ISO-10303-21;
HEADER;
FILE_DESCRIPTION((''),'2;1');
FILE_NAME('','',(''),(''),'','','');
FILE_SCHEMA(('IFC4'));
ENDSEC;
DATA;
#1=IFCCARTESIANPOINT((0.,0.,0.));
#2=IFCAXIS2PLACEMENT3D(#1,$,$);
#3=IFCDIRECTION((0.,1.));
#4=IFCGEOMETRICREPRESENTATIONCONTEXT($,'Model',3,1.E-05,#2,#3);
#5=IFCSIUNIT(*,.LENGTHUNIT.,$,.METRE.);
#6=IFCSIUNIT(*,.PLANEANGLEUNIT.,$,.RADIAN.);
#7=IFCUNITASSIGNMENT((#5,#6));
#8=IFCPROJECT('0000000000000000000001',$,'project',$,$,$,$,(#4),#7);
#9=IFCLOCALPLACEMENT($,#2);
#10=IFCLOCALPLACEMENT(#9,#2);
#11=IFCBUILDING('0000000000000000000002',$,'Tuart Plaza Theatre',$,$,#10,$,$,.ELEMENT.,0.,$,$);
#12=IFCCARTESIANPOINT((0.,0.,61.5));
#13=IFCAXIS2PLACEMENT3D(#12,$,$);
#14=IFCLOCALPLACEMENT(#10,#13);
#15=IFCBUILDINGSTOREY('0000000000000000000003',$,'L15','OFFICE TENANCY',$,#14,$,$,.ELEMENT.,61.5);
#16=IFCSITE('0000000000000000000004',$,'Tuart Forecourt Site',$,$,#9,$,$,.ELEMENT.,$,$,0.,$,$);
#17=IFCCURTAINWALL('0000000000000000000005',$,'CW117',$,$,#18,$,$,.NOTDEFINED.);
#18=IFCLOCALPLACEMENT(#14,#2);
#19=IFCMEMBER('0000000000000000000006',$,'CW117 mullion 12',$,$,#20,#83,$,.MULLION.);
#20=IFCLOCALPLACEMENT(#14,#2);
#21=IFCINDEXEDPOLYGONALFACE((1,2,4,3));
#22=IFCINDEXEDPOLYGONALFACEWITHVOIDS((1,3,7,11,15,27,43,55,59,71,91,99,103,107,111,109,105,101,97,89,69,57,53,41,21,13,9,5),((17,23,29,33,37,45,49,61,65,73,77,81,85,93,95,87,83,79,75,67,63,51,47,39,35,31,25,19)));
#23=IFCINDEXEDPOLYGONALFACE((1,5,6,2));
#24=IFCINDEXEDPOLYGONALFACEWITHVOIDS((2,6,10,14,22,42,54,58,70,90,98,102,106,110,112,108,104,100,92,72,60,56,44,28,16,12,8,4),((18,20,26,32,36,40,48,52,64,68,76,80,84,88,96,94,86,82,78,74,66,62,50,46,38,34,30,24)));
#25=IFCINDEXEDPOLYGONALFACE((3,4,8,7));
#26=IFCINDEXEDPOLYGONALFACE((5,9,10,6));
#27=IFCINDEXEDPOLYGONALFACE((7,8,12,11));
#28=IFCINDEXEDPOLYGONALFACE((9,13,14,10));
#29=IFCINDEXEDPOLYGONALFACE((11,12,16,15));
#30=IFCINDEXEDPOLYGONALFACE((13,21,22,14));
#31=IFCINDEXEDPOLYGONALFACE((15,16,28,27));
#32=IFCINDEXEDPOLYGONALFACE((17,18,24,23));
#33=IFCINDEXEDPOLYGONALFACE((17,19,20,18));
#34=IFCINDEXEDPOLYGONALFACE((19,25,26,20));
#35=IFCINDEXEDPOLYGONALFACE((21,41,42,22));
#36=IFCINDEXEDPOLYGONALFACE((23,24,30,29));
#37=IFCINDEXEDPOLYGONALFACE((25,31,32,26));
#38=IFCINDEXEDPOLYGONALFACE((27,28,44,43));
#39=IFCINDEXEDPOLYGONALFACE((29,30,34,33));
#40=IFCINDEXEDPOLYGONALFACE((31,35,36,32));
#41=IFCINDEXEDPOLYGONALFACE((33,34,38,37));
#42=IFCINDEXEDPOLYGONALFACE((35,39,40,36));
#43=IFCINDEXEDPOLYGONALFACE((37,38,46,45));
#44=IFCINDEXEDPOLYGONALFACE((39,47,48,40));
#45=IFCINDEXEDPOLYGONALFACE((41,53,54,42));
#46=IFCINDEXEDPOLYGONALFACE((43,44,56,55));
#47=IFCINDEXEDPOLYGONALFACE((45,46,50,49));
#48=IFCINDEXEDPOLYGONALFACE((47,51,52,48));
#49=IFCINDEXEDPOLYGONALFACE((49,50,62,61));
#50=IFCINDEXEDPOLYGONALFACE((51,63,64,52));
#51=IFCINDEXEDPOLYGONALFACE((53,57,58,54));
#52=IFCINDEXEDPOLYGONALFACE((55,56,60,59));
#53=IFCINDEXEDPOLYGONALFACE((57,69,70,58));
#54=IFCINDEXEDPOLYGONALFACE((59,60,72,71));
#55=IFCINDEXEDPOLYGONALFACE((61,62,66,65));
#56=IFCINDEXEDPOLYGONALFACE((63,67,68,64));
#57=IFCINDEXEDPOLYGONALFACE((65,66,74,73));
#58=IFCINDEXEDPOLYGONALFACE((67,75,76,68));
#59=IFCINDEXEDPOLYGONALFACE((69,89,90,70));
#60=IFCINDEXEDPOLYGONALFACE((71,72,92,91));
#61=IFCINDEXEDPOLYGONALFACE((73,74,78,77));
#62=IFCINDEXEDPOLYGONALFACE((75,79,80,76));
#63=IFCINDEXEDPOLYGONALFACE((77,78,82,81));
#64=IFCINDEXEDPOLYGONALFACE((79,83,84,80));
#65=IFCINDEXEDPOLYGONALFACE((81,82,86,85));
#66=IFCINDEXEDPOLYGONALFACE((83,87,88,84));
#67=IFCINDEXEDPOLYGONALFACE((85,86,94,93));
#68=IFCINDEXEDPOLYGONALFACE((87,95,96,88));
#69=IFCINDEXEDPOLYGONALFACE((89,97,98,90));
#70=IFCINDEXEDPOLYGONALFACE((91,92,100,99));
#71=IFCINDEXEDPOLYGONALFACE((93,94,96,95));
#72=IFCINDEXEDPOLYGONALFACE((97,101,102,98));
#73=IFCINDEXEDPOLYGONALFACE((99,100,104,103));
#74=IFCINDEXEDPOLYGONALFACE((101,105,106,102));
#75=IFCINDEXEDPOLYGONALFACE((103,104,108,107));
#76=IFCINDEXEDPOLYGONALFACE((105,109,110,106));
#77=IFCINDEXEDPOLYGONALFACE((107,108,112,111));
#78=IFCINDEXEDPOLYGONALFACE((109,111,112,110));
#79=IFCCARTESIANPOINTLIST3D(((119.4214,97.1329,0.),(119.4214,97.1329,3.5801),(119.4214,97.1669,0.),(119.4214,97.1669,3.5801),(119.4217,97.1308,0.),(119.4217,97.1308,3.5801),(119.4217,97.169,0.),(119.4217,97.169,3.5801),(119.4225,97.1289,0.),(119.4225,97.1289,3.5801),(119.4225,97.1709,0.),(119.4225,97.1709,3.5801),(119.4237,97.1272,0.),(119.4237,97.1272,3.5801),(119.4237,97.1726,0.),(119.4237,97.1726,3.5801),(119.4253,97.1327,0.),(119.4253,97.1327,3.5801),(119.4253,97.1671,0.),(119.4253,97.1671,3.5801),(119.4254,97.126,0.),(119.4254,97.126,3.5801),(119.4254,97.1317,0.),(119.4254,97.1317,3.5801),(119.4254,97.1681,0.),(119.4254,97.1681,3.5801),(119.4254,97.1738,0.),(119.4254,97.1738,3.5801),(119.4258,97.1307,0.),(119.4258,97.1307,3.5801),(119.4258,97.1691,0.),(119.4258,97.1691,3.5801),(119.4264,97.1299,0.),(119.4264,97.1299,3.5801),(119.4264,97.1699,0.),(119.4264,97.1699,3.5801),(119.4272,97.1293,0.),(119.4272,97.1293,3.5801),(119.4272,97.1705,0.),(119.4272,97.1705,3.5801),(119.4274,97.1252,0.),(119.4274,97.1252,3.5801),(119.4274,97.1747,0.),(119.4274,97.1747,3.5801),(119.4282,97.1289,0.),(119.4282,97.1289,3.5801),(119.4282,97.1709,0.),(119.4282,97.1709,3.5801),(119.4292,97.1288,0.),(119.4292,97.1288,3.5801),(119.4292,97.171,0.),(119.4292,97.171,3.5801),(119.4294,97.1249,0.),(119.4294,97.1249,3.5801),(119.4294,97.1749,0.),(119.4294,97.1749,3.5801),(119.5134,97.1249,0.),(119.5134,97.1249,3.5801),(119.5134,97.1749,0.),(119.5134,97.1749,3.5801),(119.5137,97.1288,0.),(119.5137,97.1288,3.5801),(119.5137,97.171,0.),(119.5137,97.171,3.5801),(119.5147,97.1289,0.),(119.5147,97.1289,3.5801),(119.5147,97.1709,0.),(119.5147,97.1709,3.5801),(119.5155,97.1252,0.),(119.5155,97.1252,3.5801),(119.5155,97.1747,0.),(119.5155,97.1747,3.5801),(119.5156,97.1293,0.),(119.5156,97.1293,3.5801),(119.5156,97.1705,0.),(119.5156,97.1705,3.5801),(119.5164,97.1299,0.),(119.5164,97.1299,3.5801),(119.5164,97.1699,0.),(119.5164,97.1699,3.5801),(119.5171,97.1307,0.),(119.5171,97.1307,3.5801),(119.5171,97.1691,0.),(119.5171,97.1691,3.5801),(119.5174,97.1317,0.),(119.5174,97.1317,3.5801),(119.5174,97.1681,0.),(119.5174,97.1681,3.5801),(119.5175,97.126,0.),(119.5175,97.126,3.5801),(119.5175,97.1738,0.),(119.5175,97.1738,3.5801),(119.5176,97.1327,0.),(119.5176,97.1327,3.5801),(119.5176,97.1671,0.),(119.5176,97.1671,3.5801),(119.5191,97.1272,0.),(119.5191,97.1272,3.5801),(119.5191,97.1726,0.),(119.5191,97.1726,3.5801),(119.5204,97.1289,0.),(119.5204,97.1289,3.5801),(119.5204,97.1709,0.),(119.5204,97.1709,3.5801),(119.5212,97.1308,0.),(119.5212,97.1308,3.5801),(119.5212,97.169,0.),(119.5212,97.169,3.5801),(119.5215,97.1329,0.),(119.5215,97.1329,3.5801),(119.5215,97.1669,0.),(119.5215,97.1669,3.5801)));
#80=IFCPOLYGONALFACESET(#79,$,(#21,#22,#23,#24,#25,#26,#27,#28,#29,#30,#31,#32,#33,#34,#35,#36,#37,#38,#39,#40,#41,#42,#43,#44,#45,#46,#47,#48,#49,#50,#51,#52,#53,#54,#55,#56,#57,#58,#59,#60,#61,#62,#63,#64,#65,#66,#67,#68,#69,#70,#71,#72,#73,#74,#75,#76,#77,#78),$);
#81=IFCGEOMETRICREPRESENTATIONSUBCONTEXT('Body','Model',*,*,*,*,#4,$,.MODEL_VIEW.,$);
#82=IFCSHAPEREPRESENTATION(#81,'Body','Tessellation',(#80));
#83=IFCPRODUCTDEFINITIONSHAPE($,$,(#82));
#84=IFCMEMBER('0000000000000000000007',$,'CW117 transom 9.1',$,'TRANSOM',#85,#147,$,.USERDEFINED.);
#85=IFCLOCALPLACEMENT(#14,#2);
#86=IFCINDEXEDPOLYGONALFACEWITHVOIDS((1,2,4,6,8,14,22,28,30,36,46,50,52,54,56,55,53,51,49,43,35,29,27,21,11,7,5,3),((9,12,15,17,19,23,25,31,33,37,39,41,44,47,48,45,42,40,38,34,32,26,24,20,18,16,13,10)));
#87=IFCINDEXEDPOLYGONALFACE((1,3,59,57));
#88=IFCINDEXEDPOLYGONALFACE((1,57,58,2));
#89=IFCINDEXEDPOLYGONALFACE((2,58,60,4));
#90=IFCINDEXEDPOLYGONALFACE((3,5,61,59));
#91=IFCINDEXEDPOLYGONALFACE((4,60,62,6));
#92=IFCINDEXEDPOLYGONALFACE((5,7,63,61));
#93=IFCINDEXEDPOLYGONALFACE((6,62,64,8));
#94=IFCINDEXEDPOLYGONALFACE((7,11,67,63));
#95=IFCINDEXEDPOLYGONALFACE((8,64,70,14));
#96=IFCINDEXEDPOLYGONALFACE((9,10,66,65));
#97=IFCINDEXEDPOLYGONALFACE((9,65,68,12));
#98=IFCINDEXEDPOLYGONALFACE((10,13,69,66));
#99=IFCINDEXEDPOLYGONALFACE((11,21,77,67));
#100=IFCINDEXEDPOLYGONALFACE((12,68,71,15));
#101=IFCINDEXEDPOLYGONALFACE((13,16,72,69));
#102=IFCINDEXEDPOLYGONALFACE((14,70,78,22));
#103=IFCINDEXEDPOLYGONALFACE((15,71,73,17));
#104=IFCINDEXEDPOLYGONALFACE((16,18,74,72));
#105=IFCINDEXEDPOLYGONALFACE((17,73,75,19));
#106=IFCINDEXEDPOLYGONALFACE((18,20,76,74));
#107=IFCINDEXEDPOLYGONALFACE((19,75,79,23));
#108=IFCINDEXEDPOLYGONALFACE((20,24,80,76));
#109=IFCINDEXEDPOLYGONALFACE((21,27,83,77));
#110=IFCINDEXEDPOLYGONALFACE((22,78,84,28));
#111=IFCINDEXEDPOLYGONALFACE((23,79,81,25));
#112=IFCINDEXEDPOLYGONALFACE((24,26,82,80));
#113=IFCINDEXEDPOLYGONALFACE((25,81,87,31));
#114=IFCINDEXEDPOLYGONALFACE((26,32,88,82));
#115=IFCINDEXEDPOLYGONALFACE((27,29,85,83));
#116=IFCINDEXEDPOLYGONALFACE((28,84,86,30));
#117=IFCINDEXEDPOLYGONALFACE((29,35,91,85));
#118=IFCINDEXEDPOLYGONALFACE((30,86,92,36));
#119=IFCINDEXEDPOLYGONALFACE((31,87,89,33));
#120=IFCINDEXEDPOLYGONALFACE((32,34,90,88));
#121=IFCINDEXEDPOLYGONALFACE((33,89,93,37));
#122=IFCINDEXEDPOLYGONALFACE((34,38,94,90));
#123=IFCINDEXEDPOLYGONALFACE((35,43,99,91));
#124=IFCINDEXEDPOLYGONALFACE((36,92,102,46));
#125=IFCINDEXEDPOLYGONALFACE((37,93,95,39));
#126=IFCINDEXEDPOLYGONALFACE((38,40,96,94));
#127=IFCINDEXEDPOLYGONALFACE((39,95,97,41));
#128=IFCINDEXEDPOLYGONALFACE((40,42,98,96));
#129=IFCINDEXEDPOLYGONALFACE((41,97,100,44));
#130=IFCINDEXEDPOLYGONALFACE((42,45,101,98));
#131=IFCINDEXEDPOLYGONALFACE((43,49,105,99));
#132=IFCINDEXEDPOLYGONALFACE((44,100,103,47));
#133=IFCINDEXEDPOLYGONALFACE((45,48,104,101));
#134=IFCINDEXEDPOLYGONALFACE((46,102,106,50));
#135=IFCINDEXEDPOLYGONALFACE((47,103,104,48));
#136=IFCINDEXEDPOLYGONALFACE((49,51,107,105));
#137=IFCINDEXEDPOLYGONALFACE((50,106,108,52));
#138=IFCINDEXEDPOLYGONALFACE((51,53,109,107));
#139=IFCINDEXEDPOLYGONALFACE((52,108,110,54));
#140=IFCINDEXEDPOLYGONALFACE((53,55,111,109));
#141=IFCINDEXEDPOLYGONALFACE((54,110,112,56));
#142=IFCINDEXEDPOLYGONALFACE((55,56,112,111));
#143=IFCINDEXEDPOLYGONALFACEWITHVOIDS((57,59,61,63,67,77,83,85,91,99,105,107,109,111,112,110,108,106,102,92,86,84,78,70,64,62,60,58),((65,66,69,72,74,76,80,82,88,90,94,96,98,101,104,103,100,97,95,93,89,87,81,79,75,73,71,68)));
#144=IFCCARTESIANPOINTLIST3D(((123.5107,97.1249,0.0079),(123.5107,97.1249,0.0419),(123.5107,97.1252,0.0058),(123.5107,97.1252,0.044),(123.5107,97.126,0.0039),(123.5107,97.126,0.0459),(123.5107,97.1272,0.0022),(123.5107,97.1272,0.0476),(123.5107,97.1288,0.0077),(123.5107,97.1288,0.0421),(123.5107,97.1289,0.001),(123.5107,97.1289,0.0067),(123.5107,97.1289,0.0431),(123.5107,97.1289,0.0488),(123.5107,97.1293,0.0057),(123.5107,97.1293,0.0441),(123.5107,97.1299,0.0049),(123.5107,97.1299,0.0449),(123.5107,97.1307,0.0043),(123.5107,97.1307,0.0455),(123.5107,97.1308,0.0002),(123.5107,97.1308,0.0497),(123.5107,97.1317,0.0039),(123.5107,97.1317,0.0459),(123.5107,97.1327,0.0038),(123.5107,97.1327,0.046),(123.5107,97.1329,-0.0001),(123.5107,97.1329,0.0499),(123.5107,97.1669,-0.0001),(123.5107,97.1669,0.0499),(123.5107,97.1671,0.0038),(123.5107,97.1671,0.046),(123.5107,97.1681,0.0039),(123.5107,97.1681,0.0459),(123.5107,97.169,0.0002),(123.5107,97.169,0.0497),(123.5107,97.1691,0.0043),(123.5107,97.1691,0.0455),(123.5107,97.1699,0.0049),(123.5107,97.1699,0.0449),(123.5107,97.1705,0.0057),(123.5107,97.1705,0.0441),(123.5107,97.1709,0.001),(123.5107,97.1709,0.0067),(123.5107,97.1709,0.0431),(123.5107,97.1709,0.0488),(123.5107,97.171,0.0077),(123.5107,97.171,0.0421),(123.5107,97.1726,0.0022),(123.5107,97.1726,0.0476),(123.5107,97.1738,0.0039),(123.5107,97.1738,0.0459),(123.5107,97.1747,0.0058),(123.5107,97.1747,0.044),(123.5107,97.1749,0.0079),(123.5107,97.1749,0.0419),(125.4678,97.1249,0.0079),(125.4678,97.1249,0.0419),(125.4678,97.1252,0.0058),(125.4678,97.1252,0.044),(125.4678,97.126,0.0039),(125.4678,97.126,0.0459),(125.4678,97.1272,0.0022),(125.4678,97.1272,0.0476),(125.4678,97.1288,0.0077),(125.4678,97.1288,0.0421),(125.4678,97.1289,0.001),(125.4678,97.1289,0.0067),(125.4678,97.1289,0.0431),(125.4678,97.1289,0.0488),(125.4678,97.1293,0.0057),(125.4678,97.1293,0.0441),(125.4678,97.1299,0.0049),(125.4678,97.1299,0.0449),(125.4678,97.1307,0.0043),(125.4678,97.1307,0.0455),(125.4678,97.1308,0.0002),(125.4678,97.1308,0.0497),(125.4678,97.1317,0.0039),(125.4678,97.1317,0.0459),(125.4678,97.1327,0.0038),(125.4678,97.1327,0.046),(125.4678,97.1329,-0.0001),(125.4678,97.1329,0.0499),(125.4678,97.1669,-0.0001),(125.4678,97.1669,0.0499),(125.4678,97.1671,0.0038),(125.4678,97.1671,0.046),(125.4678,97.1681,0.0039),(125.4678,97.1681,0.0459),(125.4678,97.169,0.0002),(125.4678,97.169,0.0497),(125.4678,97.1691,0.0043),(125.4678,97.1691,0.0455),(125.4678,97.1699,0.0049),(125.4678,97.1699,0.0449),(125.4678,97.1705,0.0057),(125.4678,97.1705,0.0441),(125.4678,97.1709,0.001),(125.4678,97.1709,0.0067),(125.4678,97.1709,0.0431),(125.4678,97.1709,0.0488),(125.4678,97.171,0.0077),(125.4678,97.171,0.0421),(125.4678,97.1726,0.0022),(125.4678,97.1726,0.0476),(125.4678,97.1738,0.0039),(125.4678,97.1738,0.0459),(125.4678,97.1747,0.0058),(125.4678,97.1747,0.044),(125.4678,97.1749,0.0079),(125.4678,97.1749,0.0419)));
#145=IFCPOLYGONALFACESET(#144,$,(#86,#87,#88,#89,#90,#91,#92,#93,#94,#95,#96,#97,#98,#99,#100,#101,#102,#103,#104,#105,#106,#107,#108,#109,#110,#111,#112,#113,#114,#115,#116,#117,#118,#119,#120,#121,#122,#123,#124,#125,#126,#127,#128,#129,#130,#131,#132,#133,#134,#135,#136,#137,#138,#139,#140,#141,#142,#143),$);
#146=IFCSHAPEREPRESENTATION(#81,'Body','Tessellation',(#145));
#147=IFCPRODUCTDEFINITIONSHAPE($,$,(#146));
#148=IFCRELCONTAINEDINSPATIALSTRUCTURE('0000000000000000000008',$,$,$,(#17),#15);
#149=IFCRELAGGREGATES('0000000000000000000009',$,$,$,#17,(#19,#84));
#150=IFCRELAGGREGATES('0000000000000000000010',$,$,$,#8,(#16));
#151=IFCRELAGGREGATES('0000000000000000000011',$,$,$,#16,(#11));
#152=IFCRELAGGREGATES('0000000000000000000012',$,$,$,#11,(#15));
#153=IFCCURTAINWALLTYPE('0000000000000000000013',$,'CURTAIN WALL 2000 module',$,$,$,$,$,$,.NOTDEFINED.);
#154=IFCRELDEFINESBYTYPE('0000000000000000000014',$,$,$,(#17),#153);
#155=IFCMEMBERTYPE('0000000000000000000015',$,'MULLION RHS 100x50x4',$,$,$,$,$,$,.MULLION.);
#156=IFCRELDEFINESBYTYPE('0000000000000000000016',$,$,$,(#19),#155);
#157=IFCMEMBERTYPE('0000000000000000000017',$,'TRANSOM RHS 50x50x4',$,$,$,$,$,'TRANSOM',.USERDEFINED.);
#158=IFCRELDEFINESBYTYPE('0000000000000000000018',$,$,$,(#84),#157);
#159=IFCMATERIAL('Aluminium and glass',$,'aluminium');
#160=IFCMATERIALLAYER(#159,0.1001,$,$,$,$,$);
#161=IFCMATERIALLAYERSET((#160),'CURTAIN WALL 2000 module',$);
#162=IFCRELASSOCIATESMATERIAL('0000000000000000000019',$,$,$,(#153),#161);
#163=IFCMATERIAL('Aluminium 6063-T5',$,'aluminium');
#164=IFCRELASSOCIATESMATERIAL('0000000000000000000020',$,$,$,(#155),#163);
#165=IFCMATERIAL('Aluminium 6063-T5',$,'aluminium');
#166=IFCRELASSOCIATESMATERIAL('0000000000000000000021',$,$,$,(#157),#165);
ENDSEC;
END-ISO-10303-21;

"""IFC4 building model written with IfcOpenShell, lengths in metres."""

from ifc_helpers import new_model, si_unit, direction, frame, origin, origin_2d, place, context, subcontext, project, spatial, hollow_rectangle, extrude, material, layer, layer_set, material_profile, profile_set, type_object, element, aggregate, save


model = new_model("IFC4")

# Units and contexts
model_context = context("Model", 3, precision=1e-05, world=origin(), true_north=direction((0.0, 1.0)))
body_context = subcontext(model_context, "Body", "Model", "MODEL_VIEW")
ifc_project = project(units=[si_unit("LENGTHUNIT", "METRE"), si_unit("PLANEANGLEUNIT", "RADIAN")], contexts=[model_context])

# Site, building, storey
site_placement = place(None, origin())
site = spatial("IfcSite", under=ifc_project, at=site_placement, Name="Tuart Forecourt Site", CompositionType="ELEMENT", RefElevation=0.0)
building_placement = place(site_placement, origin())
building = spatial("IfcBuilding", under=site, at=building_placement, Name="Tuart Plaza Theatre", CompositionType="ELEMENT", ElevationOfRefHeight=0.0)
storey_placement = place(building_placement, frame((0.0, 0.0, 61.5)))
storey = spatial("IfcBuildingStorey", under=building, at=storey_placement, Name="L15", Description="OFFICE TENANCY", CompositionType="ELEMENT", Elevation=61.5)

# Curtain wall, members
ifc_material_1 = material(Name="Aluminium and glass", Category="aluminium")
ifc_layer_1 = layer(ifc_material_1, 0.1001)
ifc_layer_set_1 = layer_set([ifc_layer_1], Name="CURTAIN WALL 2000 module")
curtain_wall_type = type_object("IfcCurtainWallType", Name="CURTAIN WALL 2000 module", PredefinedType="NOTDEFINED", material=ifc_layer_set_1)
curtain_wall_placement = place(storey_placement, origin())
curtain_wall = element("IfcCurtainWall", 1, at=curtain_wall_placement, inside=storey, type_object=curtain_wall_type, Name="CW117", PredefinedType="NOTDEFINED")
ifc_material_2 = material(Name="Aluminium 6063-T5", Category="aluminium")
ifc_material_profile_1 = material_profile(ifc_material_2, hollow_rectangle(XDim=0.05, YDim=0.1001, WallThickness=0.0039, InnerFilletRadius=0.0039, OuterFilletRadius=0.0081, at=origin_2d()), Name="RHS 100x50x4")
ifc_profile_set_1 = profile_set([ifc_material_profile_1], Name="Aluminium 6063-T5")
member_type_1 = type_object("IfcMemberType", Name="MULLION RHS 100x50x4", PredefinedType="MULLION", material=ifc_profile_set_1)
member_1_placement = place(storey_placement, frame((119.4714, 97.1499, 0.0), z_axis=(0.0, 0.0, 1.0), x_axis=(0.0, -1.0, 0.0)))
member_1 = element("IfcMember", 2, at=member_1_placement, type_object=member_type_1, Name="CW117 mullion 12", PredefinedType="MULLION", context=body_context, shape_type="SweptSolid", body=[
    extrude(hollow_rectangle(XDim=0.05, YDim=0.1001, WallThickness=0.0039, InnerFilletRadius=0.0039, OuterFilletRadius=0.0081, at=origin_2d()), origin(), (0.0, 0.0, 1.0), 3.5801),
])
ifc_material_3 = material(Name="Aluminium 6063-T5", Category="aluminium")
ifc_material_profile_2 = material_profile(ifc_material_3, hollow_rectangle(XDim=0.05, YDim=0.05, WallThickness=0.0039, InnerFilletRadius=0.0039, OuterFilletRadius=0.0081, at=origin_2d()), Name="RHS 50x50x4")
ifc_profile_set_2 = profile_set([ifc_material_profile_2], Name="Aluminium 6063-T5")
member_type_2 = type_object("IfcMemberType", Name="TRANSOM RHS 50x50x4", ElementType="TRANSOM", PredefinedType="USERDEFINED", material=ifc_profile_set_2)
member_2_placement = place(storey_placement, frame((125.4678, 97.1499, 0.0249), z_axis=(-1.0, 0.0, 0.0), x_axis=(0.0, -1.0, 0.0)))
member_2 = element("IfcMember", 3, at=member_2_placement, type_object=member_type_2, Name="CW117 transom 9.1", ObjectType="TRANSOM", PredefinedType="USERDEFINED", context=body_context, shape_type="SweptSolid", body=[
    extrude(hollow_rectangle(XDim=0.05, YDim=0.05, WallThickness=0.0039, InnerFilletRadius=0.0039, OuterFilletRadius=0.0081, at=origin_2d()), origin(), (0.0, 0.0, 1.0), 1.957),
])
aggregate(curtain_wall, [member_1, member_2])

save(model, "model.ifc")
